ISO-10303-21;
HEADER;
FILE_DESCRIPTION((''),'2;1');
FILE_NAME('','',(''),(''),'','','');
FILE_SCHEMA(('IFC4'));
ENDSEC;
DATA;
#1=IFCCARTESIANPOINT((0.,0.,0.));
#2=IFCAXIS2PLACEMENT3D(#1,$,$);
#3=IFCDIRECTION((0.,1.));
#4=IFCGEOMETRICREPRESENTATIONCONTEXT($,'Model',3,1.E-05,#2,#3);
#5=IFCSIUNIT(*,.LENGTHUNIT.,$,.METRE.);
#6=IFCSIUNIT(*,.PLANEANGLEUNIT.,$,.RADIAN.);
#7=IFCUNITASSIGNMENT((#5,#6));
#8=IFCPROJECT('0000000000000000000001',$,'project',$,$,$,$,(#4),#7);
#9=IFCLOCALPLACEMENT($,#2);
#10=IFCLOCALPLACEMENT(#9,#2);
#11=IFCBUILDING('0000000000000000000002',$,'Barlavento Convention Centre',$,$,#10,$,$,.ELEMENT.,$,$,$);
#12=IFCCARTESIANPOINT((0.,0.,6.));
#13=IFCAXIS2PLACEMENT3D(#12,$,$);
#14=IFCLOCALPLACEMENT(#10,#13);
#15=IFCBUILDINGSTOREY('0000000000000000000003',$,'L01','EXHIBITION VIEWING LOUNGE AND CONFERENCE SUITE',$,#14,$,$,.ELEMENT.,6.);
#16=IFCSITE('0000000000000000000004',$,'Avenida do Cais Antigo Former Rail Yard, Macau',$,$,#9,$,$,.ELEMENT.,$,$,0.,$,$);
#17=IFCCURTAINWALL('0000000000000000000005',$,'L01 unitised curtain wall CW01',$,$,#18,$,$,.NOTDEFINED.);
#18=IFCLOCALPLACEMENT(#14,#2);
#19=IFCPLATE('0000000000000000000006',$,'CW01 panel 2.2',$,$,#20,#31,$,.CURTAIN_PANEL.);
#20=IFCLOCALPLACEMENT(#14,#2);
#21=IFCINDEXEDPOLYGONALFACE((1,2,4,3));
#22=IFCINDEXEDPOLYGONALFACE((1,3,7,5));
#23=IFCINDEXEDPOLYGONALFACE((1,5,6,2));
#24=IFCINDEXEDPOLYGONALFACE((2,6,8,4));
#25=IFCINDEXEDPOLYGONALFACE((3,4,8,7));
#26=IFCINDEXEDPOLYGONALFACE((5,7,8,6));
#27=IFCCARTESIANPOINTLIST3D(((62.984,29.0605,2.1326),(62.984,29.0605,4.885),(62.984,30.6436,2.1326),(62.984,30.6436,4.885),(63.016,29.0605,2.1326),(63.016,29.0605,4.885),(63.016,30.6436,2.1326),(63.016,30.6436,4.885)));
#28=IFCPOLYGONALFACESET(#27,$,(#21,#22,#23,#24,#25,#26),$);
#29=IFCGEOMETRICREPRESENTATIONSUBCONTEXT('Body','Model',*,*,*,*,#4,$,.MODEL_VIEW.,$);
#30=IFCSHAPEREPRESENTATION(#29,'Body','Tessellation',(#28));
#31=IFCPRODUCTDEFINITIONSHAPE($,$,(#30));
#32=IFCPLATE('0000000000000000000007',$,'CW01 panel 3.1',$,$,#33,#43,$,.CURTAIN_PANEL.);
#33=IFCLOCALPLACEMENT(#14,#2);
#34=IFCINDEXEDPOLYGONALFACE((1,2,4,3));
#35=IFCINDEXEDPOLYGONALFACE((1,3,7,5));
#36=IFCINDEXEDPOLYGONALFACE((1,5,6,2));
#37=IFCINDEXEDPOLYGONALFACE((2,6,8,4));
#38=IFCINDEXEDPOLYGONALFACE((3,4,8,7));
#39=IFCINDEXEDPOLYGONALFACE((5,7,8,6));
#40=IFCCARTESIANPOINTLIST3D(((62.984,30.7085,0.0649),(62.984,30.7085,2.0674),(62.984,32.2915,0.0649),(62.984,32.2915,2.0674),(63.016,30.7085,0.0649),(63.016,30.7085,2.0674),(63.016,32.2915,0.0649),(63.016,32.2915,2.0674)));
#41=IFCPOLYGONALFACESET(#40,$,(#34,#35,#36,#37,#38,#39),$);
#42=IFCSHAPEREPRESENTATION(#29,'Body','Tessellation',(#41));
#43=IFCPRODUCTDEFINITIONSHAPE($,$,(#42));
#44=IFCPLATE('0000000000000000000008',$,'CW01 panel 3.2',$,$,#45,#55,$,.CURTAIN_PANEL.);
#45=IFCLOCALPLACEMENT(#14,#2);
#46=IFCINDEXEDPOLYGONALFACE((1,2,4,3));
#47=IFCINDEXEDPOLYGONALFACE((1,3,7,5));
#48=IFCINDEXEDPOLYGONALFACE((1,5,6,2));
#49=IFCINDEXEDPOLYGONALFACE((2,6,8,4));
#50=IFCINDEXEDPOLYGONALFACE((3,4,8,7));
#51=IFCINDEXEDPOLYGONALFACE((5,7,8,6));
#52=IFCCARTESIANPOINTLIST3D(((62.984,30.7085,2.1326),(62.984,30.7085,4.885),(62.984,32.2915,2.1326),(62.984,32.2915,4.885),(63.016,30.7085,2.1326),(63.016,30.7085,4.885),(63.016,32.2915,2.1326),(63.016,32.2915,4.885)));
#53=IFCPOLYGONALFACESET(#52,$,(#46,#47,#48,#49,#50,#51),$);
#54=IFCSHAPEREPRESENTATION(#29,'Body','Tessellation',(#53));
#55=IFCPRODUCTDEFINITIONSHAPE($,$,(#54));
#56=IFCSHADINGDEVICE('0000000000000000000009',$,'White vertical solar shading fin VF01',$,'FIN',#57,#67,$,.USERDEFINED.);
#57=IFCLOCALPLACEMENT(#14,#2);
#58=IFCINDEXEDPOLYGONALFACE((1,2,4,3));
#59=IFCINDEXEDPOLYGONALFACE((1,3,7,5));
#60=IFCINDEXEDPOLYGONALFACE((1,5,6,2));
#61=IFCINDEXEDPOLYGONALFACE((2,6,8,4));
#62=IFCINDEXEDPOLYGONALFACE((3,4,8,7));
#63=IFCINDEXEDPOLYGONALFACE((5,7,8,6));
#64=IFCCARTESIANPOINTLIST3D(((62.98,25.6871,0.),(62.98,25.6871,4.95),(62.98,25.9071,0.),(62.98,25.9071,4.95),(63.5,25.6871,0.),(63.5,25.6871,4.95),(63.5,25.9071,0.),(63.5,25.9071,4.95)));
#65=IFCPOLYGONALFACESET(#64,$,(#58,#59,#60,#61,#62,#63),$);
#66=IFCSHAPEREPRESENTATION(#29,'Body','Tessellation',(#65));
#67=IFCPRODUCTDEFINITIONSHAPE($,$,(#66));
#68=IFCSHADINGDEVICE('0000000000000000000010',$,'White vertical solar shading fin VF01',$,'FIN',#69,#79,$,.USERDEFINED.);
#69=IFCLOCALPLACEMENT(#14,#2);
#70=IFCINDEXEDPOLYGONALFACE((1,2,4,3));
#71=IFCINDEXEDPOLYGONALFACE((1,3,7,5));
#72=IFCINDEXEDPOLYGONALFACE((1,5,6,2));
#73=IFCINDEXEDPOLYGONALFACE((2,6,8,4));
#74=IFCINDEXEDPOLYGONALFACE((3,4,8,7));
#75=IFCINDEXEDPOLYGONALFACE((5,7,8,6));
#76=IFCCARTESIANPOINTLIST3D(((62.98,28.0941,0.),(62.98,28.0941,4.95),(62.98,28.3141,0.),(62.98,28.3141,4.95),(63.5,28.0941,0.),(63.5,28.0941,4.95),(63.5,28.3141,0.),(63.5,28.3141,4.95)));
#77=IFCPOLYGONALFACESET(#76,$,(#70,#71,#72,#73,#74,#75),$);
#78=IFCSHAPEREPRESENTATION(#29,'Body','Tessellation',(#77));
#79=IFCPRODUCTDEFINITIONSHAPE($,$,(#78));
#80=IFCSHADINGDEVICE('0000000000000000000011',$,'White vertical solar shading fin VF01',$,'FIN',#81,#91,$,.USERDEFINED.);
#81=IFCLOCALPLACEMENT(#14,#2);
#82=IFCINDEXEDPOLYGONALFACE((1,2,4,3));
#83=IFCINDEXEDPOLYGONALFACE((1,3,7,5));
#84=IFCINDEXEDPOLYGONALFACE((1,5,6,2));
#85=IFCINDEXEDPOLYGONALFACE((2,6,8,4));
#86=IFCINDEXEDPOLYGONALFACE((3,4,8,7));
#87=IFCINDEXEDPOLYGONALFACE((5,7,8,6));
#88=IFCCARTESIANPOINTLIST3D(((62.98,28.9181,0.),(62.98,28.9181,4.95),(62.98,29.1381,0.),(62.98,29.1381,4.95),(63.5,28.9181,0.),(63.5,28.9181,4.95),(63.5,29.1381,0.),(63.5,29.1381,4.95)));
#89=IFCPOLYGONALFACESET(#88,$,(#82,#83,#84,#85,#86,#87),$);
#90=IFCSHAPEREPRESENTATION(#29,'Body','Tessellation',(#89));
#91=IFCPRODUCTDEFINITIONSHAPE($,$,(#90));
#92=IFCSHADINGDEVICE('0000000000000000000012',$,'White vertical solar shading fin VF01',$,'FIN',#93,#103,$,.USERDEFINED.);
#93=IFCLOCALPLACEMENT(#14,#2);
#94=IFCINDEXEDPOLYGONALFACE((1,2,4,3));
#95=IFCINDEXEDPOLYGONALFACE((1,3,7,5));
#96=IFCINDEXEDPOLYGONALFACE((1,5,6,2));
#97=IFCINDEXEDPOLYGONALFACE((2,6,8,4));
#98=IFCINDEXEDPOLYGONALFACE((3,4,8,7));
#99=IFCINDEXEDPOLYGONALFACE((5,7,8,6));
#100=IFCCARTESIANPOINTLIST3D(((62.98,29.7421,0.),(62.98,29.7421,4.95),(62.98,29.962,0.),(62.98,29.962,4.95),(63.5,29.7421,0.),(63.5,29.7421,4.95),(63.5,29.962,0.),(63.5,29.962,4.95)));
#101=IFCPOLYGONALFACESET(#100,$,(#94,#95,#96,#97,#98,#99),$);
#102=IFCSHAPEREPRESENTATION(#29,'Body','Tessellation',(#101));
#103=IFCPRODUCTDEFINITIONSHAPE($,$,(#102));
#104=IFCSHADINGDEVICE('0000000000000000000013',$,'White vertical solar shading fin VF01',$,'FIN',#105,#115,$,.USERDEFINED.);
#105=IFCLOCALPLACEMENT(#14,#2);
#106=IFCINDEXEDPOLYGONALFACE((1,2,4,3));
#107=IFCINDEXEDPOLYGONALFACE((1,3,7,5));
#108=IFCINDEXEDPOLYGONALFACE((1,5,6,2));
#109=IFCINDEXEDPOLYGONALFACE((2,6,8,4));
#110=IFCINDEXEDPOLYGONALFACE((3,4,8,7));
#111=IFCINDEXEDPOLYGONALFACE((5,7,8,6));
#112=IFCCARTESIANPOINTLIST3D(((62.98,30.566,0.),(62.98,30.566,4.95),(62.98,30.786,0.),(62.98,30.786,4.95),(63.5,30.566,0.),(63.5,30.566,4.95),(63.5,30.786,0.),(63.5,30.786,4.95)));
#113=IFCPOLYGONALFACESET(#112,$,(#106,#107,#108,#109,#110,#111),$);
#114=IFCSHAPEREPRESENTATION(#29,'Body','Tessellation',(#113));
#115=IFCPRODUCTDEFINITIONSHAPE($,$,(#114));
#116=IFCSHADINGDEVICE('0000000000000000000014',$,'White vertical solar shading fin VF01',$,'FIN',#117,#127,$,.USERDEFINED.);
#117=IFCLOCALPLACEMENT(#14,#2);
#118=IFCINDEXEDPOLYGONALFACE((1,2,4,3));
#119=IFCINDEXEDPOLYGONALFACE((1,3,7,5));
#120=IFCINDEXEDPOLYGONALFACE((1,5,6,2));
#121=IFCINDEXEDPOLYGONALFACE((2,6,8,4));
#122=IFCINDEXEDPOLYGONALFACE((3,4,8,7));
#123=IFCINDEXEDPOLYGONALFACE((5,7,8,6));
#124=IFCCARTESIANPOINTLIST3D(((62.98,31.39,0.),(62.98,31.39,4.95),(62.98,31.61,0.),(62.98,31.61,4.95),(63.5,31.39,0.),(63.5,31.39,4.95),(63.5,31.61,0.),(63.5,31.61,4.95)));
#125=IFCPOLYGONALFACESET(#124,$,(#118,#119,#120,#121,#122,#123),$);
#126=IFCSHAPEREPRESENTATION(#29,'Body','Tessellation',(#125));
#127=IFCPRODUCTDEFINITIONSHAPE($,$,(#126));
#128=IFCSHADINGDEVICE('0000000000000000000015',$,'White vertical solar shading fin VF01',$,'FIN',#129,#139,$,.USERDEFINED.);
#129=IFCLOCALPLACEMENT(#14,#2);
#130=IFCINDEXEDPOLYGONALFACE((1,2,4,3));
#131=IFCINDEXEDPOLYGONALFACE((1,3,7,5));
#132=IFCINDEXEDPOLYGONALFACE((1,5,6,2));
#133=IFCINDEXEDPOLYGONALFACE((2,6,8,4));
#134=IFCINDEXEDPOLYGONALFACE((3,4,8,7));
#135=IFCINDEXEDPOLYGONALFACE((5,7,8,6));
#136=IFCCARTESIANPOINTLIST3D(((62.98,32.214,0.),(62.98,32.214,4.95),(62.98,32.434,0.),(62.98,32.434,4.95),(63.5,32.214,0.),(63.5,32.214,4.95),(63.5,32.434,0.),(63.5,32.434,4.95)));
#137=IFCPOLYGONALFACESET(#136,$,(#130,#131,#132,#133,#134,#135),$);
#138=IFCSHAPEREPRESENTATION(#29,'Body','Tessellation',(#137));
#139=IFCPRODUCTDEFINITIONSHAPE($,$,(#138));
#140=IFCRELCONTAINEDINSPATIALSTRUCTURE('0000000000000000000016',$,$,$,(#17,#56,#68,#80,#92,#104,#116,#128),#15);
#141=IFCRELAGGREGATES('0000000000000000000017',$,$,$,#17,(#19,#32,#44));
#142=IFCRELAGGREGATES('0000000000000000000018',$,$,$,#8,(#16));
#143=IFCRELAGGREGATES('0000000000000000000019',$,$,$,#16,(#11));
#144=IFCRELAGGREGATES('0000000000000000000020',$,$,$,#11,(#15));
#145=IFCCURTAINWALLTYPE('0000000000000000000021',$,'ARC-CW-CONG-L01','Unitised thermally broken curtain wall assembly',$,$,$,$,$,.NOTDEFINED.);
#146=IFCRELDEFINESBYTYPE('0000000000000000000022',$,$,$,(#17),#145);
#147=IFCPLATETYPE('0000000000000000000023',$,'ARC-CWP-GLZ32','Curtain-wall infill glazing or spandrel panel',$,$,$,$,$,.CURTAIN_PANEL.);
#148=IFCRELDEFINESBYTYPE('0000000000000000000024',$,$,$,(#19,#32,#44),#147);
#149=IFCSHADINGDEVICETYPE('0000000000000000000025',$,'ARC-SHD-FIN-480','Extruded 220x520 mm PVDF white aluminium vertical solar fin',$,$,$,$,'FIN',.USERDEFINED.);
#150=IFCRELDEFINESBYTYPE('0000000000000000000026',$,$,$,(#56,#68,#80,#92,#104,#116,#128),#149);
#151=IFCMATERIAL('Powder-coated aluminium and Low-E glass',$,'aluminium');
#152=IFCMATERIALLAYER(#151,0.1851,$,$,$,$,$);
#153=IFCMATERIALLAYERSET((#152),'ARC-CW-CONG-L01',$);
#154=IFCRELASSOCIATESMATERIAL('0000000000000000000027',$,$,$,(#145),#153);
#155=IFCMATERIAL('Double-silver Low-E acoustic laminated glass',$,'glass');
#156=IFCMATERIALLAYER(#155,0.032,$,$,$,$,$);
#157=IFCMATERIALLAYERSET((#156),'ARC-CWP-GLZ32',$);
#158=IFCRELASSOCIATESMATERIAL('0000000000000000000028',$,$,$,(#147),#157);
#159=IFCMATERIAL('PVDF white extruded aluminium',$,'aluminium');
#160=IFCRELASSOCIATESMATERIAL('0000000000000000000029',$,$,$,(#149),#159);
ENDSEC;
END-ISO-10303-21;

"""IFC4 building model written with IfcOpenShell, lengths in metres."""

from ifc_helpers import new_model, si_unit, direction, frame, origin, origin_2d, place, context, subcontext, project, spatial, rectangle, extrude, material, layer, layer_set, type_object, element, aggregate, save


model = new_model("IFC4")

# Units and contexts
model_context = context("Model", 3, precision=1e-05, world=origin(), true_north=direction((0.0, 1.0)))
body_context = subcontext(model_context, "Body", "Model", "MODEL_VIEW")
ifc_project = project(units=[si_unit("LENGTHUNIT", "METRE"), si_unit("PLANEANGLEUNIT", "RADIAN")], contexts=[model_context])

# Site, building, storey
site_placement = place(None, origin())
site = spatial("IfcSite", under=ifc_project, at=site_placement, Name="Avenida do Cais Antigo Former Rail Yard, Macau", CompositionType="ELEMENT", RefElevation=0.0)
building_placement = place(site_placement, origin())
building = spatial("IfcBuilding", under=site, at=building_placement, Name="Barlavento Convention Centre", CompositionType="ELEMENT")
storey_placement = place(building_placement, frame((0.0, 0.0, 6.0)))
storey = spatial("IfcBuildingStorey", under=building, at=storey_placement, Name="L01", Description="EXHIBITION VIEWING LOUNGE AND CONFERENCE SUITE", CompositionType="ELEMENT", Elevation=6.0)

# Curtain wall, plates
ifc_material_1 = material(Name="Powder-coated aluminium and Low-E glass", Category="aluminium")
ifc_layer_1 = layer(ifc_material_1, 0.1851)
ifc_layer_set_1 = layer_set([ifc_layer_1], Name="ARC-CW-CONG-L01")
curtain_wall_type = type_object("IfcCurtainWallType", Name="ARC-CW-CONG-L01", Description="Unitised thermally broken curtain wall assembly", PredefinedType="NOTDEFINED", material=ifc_layer_set_1)
curtain_wall_placement = place(storey_placement, origin())
curtain_wall = element("IfcCurtainWall", 1, at=curtain_wall_placement, inside=storey, type_object=curtain_wall_type, Name="L01 unitised curtain wall CW01", PredefinedType="NOTDEFINED")
ifc_material_2 = material(Name="Double-silver Low-E acoustic laminated glass", Category="glass")
ifc_layer_2 = layer(ifc_material_2, 0.032)
ifc_layer_set_2 = layer_set([ifc_layer_2], Name="ARC-CWP-GLZ32")
plate_type = type_object("IfcPlateType", Name="ARC-CWP-GLZ32", Description="Curtain-wall infill glazing or spandrel panel", PredefinedType="CURTAIN_PANEL", material=ifc_layer_set_2)
plate_1_placement = place(storey_placement, frame((63.0, 29.8521, 2.1326), z_axis=(0.0, 0.0, 1.0), x_axis=(0.0, 1.0, 0.0)))
plate_1 = element("IfcPlate", 2, at=plate_1_placement, type_object=plate_type, Name="CW01 panel 2.2", PredefinedType="CURTAIN_PANEL", context=body_context, shape_type="SweptSolid", body=[
    extrude(rectangle(XDim=1.583, YDim=0.032, at=origin_2d()), origin(), (0.0, 0.0, 1.0), 2.7524),
])
plate_2_placement = place(storey_placement, frame((63.0, 31.5, 0.0649), z_axis=(0.0, 0.0, 1.0), x_axis=(0.0, 1.0, 0.0)))
plate_2 = element("IfcPlate", 3, at=plate_2_placement, type_object=plate_type, Name="CW01 panel 3.1", PredefinedType="CURTAIN_PANEL", context=body_context, shape_type="SweptSolid", body=[
    extrude(rectangle(XDim=1.583, YDim=0.032, at=origin_2d()), origin(), (0.0, 0.0, 1.0), 2.0024),
])
plate_3_placement = place(storey_placement, frame((63.0, 31.5, 2.1326), z_axis=(0.0, 0.0, 1.0), x_axis=(0.0, 1.0, 0.0)))
plate_3 = element("IfcPlate", 4, at=plate_3_placement, type_object=plate_type, Name="CW01 panel 3.2", PredefinedType="CURTAIN_PANEL", context=body_context, shape_type="SweptSolid", body=[
    extrude(rectangle(XDim=1.583, YDim=0.032, at=origin_2d()), origin(), (0.0, 0.0, 1.0), 2.7524),
])
aggregate(curtain_wall, [plate_1, plate_2, plate_3])

# Shading devices
ifc_material_3 = material(Name="PVDF white extruded aluminium", Category="aluminium")
shading_device_type = type_object("IfcShadingDeviceType", Name="ARC-SHD-FIN-480", Description="Extruded 220x520 mm PVDF white aluminium vertical solar fin", ElementType="FIN", PredefinedType="USERDEFINED", material=ifc_material_3)
for number, where, z_axis, x_axis, name in (
    (5, (63.24, 25.7971, 0.0), (0.0, 0.0, 1.0), (0.0, 1.0, 0.0), "White vertical solar shading fin VF01"),
    (6, (63.24, 28.2041, 0.0), (0.0, 0.0, 1.0), (0.0, 1.0, 0.0), "White vertical solar shading fin VF01"),
    (7, (63.24, 29.0281, 0.0), (0.0, 0.0, 1.0), (0.0, 1.0, 0.0), "White vertical solar shading fin VF01"),
    (8, (63.24, 29.8521, 0.0), (0.0, 0.0, 1.0), (0.0, 1.0, 0.0), "White vertical solar shading fin VF01"),
    (9, (63.24, 30.676, 0.0), (0.0, 0.0, 1.0), (0.0, 1.0, 0.0), "White vertical solar shading fin VF01"),
    (10, (63.24, 31.5, 0.0), (0.0, 0.0, 1.0), (0.0, 1.0, 0.0), "White vertical solar shading fin VF01"),
    (11, (63.24, 32.324, 0.0), (0.0, 0.0, 1.0), (0.0, 1.0, 0.0), "White vertical solar shading fin VF01"),
):
    element("IfcShadingDevice", number, at=place(storey_placement, frame(where, z_axis=z_axis, x_axis=x_axis)), inside=storey, type_object=shading_device_type, Name=name, ObjectType="FIN", PredefinedType="USERDEFINED", context=body_context, shape_type="SweptSolid", body=[
        extrude(rectangle(XDim=0.22, YDim=0.52, at=origin_2d()), origin(), (0.0, 0.0, 1.0), 4.95),
    ])

save(model, "model.ifc")
